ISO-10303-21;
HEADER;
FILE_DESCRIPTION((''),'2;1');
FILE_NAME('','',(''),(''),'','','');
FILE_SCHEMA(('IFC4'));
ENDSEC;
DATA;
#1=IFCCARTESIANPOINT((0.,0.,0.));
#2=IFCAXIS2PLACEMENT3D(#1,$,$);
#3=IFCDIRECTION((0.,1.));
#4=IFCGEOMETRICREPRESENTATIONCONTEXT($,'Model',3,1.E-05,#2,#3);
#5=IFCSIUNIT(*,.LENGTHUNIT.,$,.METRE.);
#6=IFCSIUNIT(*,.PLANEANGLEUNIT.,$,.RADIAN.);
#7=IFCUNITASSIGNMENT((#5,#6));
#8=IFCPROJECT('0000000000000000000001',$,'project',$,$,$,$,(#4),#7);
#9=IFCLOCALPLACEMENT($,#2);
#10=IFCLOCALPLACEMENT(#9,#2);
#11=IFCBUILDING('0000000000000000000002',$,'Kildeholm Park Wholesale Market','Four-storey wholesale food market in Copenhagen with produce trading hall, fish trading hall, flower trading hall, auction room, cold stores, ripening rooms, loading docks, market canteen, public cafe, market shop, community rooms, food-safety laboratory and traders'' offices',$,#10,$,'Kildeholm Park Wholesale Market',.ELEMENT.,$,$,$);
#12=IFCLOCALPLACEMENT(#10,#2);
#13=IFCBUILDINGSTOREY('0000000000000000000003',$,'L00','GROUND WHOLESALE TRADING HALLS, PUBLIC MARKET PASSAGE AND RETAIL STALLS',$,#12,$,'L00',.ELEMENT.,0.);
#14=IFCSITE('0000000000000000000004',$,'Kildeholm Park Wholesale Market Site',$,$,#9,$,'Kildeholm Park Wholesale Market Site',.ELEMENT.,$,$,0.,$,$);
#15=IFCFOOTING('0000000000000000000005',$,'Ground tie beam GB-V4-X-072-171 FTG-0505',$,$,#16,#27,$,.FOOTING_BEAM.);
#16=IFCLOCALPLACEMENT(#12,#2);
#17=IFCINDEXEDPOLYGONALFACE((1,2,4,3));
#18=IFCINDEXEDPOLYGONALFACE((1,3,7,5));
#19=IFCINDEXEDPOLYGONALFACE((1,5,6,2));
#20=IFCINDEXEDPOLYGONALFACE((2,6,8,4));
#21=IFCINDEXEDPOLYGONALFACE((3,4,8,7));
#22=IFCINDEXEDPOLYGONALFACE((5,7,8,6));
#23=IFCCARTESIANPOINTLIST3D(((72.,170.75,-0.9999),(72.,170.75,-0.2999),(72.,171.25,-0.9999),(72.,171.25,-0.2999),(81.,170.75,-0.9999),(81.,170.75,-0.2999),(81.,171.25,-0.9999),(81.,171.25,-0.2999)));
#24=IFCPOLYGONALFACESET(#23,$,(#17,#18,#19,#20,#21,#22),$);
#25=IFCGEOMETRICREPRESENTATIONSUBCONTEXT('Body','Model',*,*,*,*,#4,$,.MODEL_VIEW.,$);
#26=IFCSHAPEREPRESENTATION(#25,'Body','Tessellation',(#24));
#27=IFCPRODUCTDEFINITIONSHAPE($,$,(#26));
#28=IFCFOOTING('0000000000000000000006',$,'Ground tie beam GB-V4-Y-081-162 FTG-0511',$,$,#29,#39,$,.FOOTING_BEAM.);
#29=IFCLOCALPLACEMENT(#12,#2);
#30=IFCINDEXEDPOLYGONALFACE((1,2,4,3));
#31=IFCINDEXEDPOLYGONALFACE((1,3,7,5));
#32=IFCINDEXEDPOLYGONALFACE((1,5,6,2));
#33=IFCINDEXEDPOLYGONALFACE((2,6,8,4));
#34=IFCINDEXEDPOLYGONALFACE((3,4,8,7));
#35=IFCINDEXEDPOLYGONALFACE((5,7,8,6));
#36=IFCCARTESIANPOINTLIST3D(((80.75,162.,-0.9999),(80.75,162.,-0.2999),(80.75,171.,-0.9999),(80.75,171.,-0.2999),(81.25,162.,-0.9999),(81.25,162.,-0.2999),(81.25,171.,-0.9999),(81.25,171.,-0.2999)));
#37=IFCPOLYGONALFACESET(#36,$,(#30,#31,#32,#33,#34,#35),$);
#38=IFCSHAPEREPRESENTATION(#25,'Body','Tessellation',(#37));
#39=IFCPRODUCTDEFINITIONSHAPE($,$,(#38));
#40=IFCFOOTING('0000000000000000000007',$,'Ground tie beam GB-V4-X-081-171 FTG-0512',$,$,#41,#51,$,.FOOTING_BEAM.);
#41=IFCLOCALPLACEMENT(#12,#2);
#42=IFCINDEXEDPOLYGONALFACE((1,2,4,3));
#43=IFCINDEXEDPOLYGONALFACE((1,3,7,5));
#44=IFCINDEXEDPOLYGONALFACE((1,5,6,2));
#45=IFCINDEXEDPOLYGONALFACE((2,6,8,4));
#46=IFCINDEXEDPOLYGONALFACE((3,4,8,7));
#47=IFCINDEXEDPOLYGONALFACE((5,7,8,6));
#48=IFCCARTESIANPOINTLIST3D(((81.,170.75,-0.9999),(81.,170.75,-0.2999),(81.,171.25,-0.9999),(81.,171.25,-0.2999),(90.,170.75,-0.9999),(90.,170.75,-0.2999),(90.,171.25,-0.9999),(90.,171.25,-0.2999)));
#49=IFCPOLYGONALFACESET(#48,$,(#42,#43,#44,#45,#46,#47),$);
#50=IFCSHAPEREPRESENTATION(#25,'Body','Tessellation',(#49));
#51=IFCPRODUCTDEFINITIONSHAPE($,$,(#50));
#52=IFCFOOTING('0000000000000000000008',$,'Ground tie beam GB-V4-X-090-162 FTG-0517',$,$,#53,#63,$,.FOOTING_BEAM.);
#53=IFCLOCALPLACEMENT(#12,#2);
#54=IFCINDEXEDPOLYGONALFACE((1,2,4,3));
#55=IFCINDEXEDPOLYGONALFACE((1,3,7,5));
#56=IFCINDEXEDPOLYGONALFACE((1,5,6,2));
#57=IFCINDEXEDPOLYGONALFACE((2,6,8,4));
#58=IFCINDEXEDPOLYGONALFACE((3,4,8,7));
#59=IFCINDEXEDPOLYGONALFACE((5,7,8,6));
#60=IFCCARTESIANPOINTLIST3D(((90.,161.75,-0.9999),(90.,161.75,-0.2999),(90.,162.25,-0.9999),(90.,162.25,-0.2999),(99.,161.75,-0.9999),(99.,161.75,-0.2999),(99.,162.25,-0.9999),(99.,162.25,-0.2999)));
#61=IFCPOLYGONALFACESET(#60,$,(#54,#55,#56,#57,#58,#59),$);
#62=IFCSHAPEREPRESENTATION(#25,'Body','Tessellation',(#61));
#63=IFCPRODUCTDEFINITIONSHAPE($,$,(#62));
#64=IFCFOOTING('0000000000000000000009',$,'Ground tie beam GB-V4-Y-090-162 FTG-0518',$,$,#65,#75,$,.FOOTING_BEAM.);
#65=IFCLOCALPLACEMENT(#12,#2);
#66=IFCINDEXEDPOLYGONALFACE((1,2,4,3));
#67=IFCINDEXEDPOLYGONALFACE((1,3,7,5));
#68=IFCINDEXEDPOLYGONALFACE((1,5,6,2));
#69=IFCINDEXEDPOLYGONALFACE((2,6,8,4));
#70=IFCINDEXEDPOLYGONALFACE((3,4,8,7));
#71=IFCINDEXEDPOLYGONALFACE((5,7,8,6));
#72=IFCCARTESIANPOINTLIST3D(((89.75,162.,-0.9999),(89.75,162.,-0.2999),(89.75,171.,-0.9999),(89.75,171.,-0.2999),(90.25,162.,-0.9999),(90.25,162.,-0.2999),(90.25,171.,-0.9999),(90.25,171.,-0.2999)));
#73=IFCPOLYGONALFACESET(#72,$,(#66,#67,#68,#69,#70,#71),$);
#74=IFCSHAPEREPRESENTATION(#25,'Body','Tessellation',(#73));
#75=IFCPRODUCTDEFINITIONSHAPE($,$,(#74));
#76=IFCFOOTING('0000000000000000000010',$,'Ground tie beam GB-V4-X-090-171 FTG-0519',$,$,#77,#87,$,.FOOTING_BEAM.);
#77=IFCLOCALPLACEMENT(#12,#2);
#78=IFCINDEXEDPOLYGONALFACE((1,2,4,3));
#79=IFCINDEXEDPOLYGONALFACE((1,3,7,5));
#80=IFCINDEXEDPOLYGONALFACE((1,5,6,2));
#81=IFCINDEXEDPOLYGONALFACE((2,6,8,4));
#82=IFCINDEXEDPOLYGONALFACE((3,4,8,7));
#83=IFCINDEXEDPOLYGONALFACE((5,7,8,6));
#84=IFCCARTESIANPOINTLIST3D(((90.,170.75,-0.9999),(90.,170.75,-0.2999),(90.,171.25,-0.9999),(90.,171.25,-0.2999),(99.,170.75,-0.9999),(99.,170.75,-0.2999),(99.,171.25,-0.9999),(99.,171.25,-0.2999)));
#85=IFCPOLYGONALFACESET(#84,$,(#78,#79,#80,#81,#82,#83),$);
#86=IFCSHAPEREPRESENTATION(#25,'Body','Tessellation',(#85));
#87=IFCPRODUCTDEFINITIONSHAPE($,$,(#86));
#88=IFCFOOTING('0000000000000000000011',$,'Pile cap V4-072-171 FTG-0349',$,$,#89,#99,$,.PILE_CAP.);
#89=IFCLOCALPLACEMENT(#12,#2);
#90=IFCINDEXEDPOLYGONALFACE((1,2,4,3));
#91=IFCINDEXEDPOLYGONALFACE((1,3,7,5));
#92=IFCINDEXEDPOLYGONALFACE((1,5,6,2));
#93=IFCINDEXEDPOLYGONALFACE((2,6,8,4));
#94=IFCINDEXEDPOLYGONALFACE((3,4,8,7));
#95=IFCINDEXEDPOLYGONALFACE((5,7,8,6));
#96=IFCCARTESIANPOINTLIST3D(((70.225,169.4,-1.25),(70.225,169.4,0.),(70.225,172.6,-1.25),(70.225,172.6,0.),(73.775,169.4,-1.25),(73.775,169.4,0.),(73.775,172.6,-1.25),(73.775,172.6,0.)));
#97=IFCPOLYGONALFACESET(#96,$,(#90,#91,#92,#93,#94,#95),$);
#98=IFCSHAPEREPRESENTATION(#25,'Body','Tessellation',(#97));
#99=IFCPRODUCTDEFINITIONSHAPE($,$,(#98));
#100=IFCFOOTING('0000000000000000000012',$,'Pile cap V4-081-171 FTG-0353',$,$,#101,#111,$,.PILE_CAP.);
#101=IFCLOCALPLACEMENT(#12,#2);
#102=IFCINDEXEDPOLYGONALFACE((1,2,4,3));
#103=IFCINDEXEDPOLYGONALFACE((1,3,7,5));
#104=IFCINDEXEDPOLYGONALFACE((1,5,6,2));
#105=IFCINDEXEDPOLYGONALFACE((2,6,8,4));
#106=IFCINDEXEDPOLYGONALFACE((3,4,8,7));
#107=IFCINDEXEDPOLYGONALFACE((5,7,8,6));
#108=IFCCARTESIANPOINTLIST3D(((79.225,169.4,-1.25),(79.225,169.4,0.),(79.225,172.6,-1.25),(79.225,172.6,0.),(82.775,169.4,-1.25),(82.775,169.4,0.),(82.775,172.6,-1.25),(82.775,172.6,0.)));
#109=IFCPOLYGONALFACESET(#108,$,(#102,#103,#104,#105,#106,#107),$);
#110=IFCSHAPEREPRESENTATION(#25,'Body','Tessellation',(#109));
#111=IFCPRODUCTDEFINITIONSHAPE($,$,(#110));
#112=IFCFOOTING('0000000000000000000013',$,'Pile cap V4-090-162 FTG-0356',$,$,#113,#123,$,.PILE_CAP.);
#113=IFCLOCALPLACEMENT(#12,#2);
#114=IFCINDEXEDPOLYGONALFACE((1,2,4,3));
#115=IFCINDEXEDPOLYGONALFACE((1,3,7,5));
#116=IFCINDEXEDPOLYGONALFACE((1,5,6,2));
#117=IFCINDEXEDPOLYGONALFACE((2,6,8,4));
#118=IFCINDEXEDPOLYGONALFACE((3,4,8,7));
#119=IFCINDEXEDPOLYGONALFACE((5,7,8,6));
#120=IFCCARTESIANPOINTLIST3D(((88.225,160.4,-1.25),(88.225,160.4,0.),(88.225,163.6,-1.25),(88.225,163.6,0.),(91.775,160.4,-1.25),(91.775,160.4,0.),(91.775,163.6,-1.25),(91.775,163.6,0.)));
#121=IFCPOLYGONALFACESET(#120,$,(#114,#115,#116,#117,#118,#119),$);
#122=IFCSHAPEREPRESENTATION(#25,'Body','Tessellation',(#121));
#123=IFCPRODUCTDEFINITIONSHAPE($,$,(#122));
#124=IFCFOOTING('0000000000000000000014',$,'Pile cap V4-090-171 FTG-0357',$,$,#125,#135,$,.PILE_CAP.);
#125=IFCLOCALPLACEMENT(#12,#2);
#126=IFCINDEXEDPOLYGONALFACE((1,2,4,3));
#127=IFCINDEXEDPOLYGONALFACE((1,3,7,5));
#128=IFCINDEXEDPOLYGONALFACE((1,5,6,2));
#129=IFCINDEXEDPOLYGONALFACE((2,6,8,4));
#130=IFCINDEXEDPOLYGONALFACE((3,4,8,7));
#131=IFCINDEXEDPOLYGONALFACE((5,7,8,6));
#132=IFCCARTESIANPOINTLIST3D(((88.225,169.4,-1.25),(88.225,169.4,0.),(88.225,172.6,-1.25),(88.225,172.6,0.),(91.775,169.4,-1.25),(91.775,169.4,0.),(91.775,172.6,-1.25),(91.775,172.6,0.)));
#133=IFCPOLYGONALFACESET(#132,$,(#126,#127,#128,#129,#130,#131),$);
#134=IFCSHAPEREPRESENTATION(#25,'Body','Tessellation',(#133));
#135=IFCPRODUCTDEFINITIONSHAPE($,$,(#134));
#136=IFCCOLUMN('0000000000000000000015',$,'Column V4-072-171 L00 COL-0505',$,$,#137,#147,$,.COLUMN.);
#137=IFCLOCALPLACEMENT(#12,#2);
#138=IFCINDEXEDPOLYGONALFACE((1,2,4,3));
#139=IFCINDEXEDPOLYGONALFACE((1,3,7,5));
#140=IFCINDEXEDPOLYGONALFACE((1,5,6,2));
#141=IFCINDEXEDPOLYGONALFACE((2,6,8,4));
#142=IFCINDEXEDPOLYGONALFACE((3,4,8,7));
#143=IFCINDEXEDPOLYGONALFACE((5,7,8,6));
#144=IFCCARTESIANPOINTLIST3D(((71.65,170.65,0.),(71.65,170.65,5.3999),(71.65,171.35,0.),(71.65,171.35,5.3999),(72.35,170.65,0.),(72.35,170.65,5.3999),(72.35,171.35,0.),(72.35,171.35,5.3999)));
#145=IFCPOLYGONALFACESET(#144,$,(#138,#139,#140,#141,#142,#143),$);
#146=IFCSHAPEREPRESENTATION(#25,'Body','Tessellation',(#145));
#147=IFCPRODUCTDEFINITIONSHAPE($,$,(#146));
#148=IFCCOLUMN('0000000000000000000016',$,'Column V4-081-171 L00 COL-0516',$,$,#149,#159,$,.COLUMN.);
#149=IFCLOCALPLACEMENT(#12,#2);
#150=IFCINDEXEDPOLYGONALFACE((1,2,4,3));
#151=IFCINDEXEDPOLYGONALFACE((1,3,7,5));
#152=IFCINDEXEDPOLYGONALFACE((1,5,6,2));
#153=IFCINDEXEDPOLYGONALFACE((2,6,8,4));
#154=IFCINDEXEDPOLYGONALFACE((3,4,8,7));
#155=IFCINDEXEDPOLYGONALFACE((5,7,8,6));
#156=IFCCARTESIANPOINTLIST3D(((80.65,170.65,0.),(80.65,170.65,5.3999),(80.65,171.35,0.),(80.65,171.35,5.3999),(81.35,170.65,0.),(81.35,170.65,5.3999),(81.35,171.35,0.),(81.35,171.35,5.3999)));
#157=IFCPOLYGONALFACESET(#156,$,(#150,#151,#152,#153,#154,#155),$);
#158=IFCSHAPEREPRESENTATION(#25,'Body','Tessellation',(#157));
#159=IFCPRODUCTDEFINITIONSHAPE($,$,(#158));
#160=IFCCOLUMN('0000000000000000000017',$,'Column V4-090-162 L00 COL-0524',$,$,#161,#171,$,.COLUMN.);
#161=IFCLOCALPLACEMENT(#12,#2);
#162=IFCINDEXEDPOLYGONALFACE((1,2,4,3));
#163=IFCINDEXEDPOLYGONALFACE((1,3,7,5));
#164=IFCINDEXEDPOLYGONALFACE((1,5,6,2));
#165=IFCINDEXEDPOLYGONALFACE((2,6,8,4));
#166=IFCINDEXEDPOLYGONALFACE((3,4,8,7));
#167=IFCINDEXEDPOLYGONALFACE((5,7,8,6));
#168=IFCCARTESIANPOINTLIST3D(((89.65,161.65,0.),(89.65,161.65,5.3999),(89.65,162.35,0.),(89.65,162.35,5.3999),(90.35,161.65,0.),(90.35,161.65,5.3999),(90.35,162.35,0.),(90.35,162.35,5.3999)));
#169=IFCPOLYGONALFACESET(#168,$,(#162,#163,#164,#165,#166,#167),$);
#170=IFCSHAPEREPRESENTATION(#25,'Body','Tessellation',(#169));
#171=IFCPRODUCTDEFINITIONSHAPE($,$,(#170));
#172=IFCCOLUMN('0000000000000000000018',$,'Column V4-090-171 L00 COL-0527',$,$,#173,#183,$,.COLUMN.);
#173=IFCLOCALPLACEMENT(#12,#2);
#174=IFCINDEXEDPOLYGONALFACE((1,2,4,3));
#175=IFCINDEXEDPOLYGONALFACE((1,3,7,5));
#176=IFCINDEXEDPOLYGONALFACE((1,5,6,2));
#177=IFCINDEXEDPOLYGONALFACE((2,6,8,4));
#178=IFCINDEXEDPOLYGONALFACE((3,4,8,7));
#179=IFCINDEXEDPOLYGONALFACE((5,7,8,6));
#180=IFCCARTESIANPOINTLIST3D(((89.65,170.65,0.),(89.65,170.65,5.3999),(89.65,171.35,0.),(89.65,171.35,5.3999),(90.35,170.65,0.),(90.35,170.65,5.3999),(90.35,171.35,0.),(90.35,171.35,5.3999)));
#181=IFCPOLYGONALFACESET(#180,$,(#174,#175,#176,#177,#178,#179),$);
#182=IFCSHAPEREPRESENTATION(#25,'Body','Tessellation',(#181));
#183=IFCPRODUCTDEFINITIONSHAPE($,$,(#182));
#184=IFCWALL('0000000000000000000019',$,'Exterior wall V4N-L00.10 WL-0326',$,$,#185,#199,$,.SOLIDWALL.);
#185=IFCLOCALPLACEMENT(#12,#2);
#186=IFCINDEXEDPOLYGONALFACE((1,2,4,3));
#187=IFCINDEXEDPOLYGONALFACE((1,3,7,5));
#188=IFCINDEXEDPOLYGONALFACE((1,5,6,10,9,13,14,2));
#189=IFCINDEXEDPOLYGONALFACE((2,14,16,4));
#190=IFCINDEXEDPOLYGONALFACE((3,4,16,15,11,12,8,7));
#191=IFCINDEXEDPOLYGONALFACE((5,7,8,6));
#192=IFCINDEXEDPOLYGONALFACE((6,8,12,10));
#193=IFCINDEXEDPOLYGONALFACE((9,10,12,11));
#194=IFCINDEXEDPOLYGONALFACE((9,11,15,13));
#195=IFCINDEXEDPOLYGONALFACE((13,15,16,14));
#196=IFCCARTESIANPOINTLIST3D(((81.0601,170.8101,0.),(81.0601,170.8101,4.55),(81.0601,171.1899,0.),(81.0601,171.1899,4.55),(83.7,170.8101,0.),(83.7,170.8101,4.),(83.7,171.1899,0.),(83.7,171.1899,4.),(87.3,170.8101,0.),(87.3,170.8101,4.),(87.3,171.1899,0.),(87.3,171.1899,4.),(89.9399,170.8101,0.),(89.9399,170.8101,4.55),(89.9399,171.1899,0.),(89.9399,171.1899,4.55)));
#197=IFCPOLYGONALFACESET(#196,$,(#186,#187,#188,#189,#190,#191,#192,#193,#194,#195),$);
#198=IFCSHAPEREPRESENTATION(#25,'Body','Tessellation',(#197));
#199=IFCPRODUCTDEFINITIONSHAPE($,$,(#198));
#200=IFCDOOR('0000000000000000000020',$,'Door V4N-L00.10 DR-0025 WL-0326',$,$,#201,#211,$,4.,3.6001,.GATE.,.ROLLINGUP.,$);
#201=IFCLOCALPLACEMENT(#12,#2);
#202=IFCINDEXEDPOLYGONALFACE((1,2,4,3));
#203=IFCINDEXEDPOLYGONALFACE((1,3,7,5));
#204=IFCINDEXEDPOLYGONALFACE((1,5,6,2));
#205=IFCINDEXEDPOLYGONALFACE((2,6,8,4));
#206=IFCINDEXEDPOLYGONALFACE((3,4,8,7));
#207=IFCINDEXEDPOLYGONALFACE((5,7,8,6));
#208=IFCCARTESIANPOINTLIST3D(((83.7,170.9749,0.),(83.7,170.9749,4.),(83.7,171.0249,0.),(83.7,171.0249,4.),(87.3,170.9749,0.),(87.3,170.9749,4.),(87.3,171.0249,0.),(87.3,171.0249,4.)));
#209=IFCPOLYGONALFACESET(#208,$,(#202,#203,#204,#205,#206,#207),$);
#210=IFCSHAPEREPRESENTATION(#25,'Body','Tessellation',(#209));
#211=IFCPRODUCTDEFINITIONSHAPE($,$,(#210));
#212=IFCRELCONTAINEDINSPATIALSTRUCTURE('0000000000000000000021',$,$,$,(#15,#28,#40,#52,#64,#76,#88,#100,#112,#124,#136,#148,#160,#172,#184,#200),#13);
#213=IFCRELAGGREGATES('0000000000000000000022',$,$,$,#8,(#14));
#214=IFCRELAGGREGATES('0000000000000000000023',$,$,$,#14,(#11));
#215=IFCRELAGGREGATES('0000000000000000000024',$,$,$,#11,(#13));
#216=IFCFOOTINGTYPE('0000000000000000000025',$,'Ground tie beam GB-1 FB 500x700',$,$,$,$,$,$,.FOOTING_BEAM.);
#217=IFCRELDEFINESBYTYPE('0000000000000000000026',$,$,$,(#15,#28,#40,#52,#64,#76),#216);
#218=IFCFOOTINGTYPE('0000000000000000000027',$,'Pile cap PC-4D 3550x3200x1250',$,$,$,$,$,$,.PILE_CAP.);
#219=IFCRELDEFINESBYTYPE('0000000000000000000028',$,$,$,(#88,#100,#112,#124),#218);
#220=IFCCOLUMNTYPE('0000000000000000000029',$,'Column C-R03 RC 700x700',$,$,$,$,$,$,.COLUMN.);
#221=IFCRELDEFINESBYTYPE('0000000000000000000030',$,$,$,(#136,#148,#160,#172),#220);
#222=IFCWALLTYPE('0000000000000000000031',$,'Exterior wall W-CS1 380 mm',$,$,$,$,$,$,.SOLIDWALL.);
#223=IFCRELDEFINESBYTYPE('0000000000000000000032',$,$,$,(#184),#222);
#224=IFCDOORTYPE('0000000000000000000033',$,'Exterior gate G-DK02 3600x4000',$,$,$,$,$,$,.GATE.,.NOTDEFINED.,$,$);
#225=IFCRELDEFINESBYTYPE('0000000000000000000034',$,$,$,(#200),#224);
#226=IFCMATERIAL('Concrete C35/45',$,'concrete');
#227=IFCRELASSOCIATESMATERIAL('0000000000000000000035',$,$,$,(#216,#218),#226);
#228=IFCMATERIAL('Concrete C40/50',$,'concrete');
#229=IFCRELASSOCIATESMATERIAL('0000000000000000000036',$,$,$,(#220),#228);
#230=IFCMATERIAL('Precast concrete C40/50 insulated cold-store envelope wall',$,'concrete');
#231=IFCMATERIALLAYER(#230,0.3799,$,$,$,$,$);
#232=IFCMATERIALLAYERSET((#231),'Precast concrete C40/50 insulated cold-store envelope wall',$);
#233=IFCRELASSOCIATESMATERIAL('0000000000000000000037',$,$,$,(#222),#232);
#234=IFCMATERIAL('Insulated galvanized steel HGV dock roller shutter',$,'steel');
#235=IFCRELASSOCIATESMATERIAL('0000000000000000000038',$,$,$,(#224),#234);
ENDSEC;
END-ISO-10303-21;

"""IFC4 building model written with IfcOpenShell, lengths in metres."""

from ifc_helpers import new_model, si_unit, direction, frame, frame_2d, origin, origin_2d, place, context, subcontext, project, spatial, rectangle, extrude, material, layer, layer_set, material_profile, profile_set, type_object, element, fill, save


model = new_model("IFC4")

# Units and contexts
model_context = context("Model", 3, precision=1e-05, world=origin(), true_north=direction((0.0, 1.0)))
body_context = subcontext(model_context, "Body", "Model", "MODEL_VIEW")
ifc_project = project(units=[si_unit("LENGTHUNIT", "METRE"), si_unit("PLANEANGLEUNIT", "RADIAN")], contexts=[model_context])

# Site, building, storey
site_placement = place(None, origin())
site = spatial("IfcSite", under=ifc_project, at=site_placement, Name="Kildeholm Park Wholesale Market Site", LongName="Kildeholm Park Wholesale Market Site", CompositionType="ELEMENT", RefElevation=0.0)
building_placement = place(site_placement, origin())
building = spatial("IfcBuilding", under=site, at=building_placement, Name="Kildeholm Park Wholesale Market", Description="Four-storey wholesale food market in Copenhagen with produce trading hall, fish trading hall, flower trading hall, auction room, cold stores, ripening rooms, loading docks, market canteen, public cafe, market shop, community rooms, food-safety laboratory and traders' offices", LongName="Kildeholm Park Wholesale Market", CompositionType="ELEMENT")
storey_placement = place(building_placement, origin())
storey = spatial("IfcBuildingStorey", under=building, at=storey_placement, Name="L00", Description="GROUND WHOLESALE TRADING HALLS, PUBLIC MARKET PASSAGE AND RETAIL STALLS", LongName="L00", CompositionType="ELEMENT", Elevation=0.0)

# Shared definitions
ifc_material_1 = material(Name="Concrete C35/45", Category="concrete")

# Footings
ifc_material_profile_1 = material_profile(ifc_material_1, rectangle(XDim=0.5, YDim=0.7, at=origin_2d()), Name="FB 500x700")
ifc_profile_set_1 = profile_set([ifc_material_profile_1], Name="Concrete C35/45")
footing_type_1 = type_object("IfcFootingType", Name="Ground tie beam GB-1 FB 500x700", PredefinedType="FOOTING_BEAM", material=ifc_profile_set_1)
for number, where, z_axis, x_axis, name in (
    (1, (72.0, 171.0, -0.6499), (1.0, 0.0, 0.0), (0.0, 1.0, 0.0), "Ground tie beam GB-V4-X-072-171 FTG-0505"),
    (2, (81.0, 162.0, -0.6499), (0.0, 1.0, 0.0), (-1.0, 0.0, 0.0), "Ground tie beam GB-V4-Y-081-162 FTG-0511"),
    (3, (81.0, 171.0, -0.6499), (1.0, 0.0, 0.0), (0.0, 1.0, 0.0), "Ground tie beam GB-V4-X-081-171 FTG-0512"),
    (4, (90.0, 162.0, -0.6499), (1.0, 0.0, 0.0), (0.0, 1.0, 0.0), "Ground tie beam GB-V4-X-090-162 FTG-0517"),
    (5, (90.0, 162.0, -0.6499), (0.0, 1.0, 0.0), (-1.0, 0.0, 0.0), "Ground tie beam GB-V4-Y-090-162 FTG-0518"),
    (6, (90.0, 171.0, -0.6499), (1.0, 0.0, 0.0), (0.0, 1.0, 0.0), "Ground tie beam GB-V4-X-090-171 FTG-0519"),
):
    element("IfcFooting", number, at=place(storey_placement, frame(where, z_axis=z_axis, x_axis=x_axis)), inside=storey, type_object=footing_type_1, Name=name, PredefinedType="FOOTING_BEAM", context=body_context, shape_type="SweptSolid", body=[
        extrude(rectangle(XDim=0.5, YDim=0.7, at=origin_2d()), origin(), (0.0, 0.0, 1.0), 9.0),
    ])
footing_type_2 = type_object("IfcFootingType", Name="Pile cap PC-4D 3550x3200x1250", PredefinedType="PILE_CAP", material=ifc_material_1)
for number, where, z_axis, x_axis, name in (
    (7, (72.0, 171.0, -1.25), (0.0, 0.0, 1.0), (1.0, 0.0, 0.0), "Pile cap V4-072-171 FTG-0349"),
    (8, (81.0, 171.0, -1.25), (0.0, 0.0, 1.0), (1.0, 0.0, 0.0), "Pile cap V4-081-171 FTG-0353"),
    (9, (90.0, 162.0, -1.25), (0.0, 0.0, 1.0), (1.0, 0.0, 0.0), "Pile cap V4-090-162 FTG-0356"),
    (10, (90.0, 171.0, -1.25), (0.0, 0.0, 1.0), (1.0, 0.0, 0.0), "Pile cap V4-090-171 FTG-0357"),
):
    element("IfcFooting", number, at=place(storey_placement, frame(where, z_axis=z_axis, x_axis=x_axis)), inside=storey, type_object=footing_type_2, Name=name, PredefinedType="PILE_CAP", context=body_context, shape_type="SweptSolid", body=[
        extrude(rectangle(XDim=3.55, YDim=3.2, at=origin_2d()), origin(), (0.0, 0.0, 1.0), 1.25),
    ])

# Columns
ifc_material_2 = material(Name="Concrete C40/50", Category="concrete")
ifc_material_profile_2 = material_profile(ifc_material_2, rectangle(XDim=0.7, YDim=0.7, at=origin_2d()), Name="RC 700x700")
ifc_profile_set_2 = profile_set([ifc_material_profile_2], Name="Concrete C40/50")
column_type = type_object("IfcColumnType", Name="Column C-R03 RC 700x700", PredefinedType="COLUMN", material=ifc_profile_set_2)
for number, where, z_axis, x_axis, name in (
    (11, (72.0, 171.0, 0.0), (0.0, 0.0, 1.0), (1.0, 0.0, 0.0), "Column V4-072-171 L00 COL-0505"),
    (12, (81.0, 171.0, 0.0), (0.0, 0.0, 1.0), (1.0, 0.0, 0.0), "Column V4-081-171 L00 COL-0516"),
    (13, (90.0, 162.0, 0.0), (0.0, 0.0, 1.0), (1.0, 0.0, 0.0), "Column V4-090-162 L00 COL-0524"),
    (14, (90.0, 171.0, 0.0), (0.0, 0.0, 1.0), (1.0, 0.0, 0.0), "Column V4-090-171 L00 COL-0527"),
):
    element("IfcColumn", number, at=place(storey_placement, frame(where, z_axis=z_axis, x_axis=x_axis)), inside=storey, type_object=column_type, Name=name, PredefinedType="COLUMN", context=body_context, shape_type="SweptSolid", body=[
        extrude(rectangle(XDim=0.7, YDim=0.7, at=origin_2d()), origin(), (0.0, 0.0, 1.0), 5.3999),
    ])

# Wall, opening, door
ifc_material_3 = material(Name="Precast concrete C40/50 insulated cold-store envelope wall", Category="concrete")
ifc_layer = layer(ifc_material_3, 0.3799)
ifc_layer_set = layer_set([ifc_layer], Name="Precast concrete C40/50 insulated cold-store envelope wall")
wall_type = type_object("IfcWallType", Name="Exterior wall W-CS1 380 mm", PredefinedType="SOLIDWALL", material=ifc_layer_set)
wall_1_placement = place(storey_placement, frame((81.0601, 171.0, 0.0), z_axis=(0.0, 0.0, 1.0), x_axis=(1.0, 0.0, 0.0)))
wall_1 = element("IfcWall", 15, at=wall_1_placement, inside=storey, type_object=wall_type, Name="Exterior wall V4N-L00.10 WL-0326", PredefinedType="SOLIDWALL", context=body_context, shape_type="SweptSolid", body=[
    extrude(rectangle(XDim=8.8799, YDim=0.3799, at=frame_2d((4.4399, 0.0))), origin(), (0.0, 0.0, 1.0), 4.55),
])
opening_1_placement = place(wall_1_placement, frame((2.6399, 0.0, 0.0)))
opening_1 = element("IfcOpeningElement", 16, at=opening_1_placement, cuts=wall_1, PredefinedType="OPENING", context=body_context, shape_type="SweptSolid", body=[
    extrude(rectangle(XDim=3.6001, YDim=4.0, at=frame_2d((1.8, 2.0))), frame((0.0, 0.2, 0.0), z_axis=(0.0, -1.0, 0.0), x_axis=(1.0, 0.0, 0.0)), (0.0, 0.0, 1.0), 0.3999),
])
ifc_material_4 = material(Name="Insulated galvanized steel HGV dock roller shutter", Category="steel")
door_type_1 = type_object("IfcDoorType", Name="Exterior gate G-DK02 3600x4000", OperationType="NOTDEFINED", PredefinedType="GATE", material=ifc_material_4)
door_1_placement = place(opening_1_placement, origin())
door_1 = element("IfcDoor", 17, at=door_1_placement, inside=storey, type_object=door_type_1, Name="Door V4N-L00.10 DR-0025 WL-0326", OperationType="ROLLINGUP", OverallHeight=4.0, OverallWidth=3.6001, PredefinedType="GATE", context=body_context, shape_type="SweptSolid", body=[
    extrude(rectangle(XDim=3.6001, YDim=4.0, at=frame_2d((1.8, 2.0))), frame((0.0, 0.0249, 0.0), z_axis=(0.0, -1.0, 0.0), x_axis=(1.0, 0.0, 0.0)), (0.0, 0.0, 1.0), 0.05),
])
fill(opening_1, door_1)

save(model, "model.ifc")
